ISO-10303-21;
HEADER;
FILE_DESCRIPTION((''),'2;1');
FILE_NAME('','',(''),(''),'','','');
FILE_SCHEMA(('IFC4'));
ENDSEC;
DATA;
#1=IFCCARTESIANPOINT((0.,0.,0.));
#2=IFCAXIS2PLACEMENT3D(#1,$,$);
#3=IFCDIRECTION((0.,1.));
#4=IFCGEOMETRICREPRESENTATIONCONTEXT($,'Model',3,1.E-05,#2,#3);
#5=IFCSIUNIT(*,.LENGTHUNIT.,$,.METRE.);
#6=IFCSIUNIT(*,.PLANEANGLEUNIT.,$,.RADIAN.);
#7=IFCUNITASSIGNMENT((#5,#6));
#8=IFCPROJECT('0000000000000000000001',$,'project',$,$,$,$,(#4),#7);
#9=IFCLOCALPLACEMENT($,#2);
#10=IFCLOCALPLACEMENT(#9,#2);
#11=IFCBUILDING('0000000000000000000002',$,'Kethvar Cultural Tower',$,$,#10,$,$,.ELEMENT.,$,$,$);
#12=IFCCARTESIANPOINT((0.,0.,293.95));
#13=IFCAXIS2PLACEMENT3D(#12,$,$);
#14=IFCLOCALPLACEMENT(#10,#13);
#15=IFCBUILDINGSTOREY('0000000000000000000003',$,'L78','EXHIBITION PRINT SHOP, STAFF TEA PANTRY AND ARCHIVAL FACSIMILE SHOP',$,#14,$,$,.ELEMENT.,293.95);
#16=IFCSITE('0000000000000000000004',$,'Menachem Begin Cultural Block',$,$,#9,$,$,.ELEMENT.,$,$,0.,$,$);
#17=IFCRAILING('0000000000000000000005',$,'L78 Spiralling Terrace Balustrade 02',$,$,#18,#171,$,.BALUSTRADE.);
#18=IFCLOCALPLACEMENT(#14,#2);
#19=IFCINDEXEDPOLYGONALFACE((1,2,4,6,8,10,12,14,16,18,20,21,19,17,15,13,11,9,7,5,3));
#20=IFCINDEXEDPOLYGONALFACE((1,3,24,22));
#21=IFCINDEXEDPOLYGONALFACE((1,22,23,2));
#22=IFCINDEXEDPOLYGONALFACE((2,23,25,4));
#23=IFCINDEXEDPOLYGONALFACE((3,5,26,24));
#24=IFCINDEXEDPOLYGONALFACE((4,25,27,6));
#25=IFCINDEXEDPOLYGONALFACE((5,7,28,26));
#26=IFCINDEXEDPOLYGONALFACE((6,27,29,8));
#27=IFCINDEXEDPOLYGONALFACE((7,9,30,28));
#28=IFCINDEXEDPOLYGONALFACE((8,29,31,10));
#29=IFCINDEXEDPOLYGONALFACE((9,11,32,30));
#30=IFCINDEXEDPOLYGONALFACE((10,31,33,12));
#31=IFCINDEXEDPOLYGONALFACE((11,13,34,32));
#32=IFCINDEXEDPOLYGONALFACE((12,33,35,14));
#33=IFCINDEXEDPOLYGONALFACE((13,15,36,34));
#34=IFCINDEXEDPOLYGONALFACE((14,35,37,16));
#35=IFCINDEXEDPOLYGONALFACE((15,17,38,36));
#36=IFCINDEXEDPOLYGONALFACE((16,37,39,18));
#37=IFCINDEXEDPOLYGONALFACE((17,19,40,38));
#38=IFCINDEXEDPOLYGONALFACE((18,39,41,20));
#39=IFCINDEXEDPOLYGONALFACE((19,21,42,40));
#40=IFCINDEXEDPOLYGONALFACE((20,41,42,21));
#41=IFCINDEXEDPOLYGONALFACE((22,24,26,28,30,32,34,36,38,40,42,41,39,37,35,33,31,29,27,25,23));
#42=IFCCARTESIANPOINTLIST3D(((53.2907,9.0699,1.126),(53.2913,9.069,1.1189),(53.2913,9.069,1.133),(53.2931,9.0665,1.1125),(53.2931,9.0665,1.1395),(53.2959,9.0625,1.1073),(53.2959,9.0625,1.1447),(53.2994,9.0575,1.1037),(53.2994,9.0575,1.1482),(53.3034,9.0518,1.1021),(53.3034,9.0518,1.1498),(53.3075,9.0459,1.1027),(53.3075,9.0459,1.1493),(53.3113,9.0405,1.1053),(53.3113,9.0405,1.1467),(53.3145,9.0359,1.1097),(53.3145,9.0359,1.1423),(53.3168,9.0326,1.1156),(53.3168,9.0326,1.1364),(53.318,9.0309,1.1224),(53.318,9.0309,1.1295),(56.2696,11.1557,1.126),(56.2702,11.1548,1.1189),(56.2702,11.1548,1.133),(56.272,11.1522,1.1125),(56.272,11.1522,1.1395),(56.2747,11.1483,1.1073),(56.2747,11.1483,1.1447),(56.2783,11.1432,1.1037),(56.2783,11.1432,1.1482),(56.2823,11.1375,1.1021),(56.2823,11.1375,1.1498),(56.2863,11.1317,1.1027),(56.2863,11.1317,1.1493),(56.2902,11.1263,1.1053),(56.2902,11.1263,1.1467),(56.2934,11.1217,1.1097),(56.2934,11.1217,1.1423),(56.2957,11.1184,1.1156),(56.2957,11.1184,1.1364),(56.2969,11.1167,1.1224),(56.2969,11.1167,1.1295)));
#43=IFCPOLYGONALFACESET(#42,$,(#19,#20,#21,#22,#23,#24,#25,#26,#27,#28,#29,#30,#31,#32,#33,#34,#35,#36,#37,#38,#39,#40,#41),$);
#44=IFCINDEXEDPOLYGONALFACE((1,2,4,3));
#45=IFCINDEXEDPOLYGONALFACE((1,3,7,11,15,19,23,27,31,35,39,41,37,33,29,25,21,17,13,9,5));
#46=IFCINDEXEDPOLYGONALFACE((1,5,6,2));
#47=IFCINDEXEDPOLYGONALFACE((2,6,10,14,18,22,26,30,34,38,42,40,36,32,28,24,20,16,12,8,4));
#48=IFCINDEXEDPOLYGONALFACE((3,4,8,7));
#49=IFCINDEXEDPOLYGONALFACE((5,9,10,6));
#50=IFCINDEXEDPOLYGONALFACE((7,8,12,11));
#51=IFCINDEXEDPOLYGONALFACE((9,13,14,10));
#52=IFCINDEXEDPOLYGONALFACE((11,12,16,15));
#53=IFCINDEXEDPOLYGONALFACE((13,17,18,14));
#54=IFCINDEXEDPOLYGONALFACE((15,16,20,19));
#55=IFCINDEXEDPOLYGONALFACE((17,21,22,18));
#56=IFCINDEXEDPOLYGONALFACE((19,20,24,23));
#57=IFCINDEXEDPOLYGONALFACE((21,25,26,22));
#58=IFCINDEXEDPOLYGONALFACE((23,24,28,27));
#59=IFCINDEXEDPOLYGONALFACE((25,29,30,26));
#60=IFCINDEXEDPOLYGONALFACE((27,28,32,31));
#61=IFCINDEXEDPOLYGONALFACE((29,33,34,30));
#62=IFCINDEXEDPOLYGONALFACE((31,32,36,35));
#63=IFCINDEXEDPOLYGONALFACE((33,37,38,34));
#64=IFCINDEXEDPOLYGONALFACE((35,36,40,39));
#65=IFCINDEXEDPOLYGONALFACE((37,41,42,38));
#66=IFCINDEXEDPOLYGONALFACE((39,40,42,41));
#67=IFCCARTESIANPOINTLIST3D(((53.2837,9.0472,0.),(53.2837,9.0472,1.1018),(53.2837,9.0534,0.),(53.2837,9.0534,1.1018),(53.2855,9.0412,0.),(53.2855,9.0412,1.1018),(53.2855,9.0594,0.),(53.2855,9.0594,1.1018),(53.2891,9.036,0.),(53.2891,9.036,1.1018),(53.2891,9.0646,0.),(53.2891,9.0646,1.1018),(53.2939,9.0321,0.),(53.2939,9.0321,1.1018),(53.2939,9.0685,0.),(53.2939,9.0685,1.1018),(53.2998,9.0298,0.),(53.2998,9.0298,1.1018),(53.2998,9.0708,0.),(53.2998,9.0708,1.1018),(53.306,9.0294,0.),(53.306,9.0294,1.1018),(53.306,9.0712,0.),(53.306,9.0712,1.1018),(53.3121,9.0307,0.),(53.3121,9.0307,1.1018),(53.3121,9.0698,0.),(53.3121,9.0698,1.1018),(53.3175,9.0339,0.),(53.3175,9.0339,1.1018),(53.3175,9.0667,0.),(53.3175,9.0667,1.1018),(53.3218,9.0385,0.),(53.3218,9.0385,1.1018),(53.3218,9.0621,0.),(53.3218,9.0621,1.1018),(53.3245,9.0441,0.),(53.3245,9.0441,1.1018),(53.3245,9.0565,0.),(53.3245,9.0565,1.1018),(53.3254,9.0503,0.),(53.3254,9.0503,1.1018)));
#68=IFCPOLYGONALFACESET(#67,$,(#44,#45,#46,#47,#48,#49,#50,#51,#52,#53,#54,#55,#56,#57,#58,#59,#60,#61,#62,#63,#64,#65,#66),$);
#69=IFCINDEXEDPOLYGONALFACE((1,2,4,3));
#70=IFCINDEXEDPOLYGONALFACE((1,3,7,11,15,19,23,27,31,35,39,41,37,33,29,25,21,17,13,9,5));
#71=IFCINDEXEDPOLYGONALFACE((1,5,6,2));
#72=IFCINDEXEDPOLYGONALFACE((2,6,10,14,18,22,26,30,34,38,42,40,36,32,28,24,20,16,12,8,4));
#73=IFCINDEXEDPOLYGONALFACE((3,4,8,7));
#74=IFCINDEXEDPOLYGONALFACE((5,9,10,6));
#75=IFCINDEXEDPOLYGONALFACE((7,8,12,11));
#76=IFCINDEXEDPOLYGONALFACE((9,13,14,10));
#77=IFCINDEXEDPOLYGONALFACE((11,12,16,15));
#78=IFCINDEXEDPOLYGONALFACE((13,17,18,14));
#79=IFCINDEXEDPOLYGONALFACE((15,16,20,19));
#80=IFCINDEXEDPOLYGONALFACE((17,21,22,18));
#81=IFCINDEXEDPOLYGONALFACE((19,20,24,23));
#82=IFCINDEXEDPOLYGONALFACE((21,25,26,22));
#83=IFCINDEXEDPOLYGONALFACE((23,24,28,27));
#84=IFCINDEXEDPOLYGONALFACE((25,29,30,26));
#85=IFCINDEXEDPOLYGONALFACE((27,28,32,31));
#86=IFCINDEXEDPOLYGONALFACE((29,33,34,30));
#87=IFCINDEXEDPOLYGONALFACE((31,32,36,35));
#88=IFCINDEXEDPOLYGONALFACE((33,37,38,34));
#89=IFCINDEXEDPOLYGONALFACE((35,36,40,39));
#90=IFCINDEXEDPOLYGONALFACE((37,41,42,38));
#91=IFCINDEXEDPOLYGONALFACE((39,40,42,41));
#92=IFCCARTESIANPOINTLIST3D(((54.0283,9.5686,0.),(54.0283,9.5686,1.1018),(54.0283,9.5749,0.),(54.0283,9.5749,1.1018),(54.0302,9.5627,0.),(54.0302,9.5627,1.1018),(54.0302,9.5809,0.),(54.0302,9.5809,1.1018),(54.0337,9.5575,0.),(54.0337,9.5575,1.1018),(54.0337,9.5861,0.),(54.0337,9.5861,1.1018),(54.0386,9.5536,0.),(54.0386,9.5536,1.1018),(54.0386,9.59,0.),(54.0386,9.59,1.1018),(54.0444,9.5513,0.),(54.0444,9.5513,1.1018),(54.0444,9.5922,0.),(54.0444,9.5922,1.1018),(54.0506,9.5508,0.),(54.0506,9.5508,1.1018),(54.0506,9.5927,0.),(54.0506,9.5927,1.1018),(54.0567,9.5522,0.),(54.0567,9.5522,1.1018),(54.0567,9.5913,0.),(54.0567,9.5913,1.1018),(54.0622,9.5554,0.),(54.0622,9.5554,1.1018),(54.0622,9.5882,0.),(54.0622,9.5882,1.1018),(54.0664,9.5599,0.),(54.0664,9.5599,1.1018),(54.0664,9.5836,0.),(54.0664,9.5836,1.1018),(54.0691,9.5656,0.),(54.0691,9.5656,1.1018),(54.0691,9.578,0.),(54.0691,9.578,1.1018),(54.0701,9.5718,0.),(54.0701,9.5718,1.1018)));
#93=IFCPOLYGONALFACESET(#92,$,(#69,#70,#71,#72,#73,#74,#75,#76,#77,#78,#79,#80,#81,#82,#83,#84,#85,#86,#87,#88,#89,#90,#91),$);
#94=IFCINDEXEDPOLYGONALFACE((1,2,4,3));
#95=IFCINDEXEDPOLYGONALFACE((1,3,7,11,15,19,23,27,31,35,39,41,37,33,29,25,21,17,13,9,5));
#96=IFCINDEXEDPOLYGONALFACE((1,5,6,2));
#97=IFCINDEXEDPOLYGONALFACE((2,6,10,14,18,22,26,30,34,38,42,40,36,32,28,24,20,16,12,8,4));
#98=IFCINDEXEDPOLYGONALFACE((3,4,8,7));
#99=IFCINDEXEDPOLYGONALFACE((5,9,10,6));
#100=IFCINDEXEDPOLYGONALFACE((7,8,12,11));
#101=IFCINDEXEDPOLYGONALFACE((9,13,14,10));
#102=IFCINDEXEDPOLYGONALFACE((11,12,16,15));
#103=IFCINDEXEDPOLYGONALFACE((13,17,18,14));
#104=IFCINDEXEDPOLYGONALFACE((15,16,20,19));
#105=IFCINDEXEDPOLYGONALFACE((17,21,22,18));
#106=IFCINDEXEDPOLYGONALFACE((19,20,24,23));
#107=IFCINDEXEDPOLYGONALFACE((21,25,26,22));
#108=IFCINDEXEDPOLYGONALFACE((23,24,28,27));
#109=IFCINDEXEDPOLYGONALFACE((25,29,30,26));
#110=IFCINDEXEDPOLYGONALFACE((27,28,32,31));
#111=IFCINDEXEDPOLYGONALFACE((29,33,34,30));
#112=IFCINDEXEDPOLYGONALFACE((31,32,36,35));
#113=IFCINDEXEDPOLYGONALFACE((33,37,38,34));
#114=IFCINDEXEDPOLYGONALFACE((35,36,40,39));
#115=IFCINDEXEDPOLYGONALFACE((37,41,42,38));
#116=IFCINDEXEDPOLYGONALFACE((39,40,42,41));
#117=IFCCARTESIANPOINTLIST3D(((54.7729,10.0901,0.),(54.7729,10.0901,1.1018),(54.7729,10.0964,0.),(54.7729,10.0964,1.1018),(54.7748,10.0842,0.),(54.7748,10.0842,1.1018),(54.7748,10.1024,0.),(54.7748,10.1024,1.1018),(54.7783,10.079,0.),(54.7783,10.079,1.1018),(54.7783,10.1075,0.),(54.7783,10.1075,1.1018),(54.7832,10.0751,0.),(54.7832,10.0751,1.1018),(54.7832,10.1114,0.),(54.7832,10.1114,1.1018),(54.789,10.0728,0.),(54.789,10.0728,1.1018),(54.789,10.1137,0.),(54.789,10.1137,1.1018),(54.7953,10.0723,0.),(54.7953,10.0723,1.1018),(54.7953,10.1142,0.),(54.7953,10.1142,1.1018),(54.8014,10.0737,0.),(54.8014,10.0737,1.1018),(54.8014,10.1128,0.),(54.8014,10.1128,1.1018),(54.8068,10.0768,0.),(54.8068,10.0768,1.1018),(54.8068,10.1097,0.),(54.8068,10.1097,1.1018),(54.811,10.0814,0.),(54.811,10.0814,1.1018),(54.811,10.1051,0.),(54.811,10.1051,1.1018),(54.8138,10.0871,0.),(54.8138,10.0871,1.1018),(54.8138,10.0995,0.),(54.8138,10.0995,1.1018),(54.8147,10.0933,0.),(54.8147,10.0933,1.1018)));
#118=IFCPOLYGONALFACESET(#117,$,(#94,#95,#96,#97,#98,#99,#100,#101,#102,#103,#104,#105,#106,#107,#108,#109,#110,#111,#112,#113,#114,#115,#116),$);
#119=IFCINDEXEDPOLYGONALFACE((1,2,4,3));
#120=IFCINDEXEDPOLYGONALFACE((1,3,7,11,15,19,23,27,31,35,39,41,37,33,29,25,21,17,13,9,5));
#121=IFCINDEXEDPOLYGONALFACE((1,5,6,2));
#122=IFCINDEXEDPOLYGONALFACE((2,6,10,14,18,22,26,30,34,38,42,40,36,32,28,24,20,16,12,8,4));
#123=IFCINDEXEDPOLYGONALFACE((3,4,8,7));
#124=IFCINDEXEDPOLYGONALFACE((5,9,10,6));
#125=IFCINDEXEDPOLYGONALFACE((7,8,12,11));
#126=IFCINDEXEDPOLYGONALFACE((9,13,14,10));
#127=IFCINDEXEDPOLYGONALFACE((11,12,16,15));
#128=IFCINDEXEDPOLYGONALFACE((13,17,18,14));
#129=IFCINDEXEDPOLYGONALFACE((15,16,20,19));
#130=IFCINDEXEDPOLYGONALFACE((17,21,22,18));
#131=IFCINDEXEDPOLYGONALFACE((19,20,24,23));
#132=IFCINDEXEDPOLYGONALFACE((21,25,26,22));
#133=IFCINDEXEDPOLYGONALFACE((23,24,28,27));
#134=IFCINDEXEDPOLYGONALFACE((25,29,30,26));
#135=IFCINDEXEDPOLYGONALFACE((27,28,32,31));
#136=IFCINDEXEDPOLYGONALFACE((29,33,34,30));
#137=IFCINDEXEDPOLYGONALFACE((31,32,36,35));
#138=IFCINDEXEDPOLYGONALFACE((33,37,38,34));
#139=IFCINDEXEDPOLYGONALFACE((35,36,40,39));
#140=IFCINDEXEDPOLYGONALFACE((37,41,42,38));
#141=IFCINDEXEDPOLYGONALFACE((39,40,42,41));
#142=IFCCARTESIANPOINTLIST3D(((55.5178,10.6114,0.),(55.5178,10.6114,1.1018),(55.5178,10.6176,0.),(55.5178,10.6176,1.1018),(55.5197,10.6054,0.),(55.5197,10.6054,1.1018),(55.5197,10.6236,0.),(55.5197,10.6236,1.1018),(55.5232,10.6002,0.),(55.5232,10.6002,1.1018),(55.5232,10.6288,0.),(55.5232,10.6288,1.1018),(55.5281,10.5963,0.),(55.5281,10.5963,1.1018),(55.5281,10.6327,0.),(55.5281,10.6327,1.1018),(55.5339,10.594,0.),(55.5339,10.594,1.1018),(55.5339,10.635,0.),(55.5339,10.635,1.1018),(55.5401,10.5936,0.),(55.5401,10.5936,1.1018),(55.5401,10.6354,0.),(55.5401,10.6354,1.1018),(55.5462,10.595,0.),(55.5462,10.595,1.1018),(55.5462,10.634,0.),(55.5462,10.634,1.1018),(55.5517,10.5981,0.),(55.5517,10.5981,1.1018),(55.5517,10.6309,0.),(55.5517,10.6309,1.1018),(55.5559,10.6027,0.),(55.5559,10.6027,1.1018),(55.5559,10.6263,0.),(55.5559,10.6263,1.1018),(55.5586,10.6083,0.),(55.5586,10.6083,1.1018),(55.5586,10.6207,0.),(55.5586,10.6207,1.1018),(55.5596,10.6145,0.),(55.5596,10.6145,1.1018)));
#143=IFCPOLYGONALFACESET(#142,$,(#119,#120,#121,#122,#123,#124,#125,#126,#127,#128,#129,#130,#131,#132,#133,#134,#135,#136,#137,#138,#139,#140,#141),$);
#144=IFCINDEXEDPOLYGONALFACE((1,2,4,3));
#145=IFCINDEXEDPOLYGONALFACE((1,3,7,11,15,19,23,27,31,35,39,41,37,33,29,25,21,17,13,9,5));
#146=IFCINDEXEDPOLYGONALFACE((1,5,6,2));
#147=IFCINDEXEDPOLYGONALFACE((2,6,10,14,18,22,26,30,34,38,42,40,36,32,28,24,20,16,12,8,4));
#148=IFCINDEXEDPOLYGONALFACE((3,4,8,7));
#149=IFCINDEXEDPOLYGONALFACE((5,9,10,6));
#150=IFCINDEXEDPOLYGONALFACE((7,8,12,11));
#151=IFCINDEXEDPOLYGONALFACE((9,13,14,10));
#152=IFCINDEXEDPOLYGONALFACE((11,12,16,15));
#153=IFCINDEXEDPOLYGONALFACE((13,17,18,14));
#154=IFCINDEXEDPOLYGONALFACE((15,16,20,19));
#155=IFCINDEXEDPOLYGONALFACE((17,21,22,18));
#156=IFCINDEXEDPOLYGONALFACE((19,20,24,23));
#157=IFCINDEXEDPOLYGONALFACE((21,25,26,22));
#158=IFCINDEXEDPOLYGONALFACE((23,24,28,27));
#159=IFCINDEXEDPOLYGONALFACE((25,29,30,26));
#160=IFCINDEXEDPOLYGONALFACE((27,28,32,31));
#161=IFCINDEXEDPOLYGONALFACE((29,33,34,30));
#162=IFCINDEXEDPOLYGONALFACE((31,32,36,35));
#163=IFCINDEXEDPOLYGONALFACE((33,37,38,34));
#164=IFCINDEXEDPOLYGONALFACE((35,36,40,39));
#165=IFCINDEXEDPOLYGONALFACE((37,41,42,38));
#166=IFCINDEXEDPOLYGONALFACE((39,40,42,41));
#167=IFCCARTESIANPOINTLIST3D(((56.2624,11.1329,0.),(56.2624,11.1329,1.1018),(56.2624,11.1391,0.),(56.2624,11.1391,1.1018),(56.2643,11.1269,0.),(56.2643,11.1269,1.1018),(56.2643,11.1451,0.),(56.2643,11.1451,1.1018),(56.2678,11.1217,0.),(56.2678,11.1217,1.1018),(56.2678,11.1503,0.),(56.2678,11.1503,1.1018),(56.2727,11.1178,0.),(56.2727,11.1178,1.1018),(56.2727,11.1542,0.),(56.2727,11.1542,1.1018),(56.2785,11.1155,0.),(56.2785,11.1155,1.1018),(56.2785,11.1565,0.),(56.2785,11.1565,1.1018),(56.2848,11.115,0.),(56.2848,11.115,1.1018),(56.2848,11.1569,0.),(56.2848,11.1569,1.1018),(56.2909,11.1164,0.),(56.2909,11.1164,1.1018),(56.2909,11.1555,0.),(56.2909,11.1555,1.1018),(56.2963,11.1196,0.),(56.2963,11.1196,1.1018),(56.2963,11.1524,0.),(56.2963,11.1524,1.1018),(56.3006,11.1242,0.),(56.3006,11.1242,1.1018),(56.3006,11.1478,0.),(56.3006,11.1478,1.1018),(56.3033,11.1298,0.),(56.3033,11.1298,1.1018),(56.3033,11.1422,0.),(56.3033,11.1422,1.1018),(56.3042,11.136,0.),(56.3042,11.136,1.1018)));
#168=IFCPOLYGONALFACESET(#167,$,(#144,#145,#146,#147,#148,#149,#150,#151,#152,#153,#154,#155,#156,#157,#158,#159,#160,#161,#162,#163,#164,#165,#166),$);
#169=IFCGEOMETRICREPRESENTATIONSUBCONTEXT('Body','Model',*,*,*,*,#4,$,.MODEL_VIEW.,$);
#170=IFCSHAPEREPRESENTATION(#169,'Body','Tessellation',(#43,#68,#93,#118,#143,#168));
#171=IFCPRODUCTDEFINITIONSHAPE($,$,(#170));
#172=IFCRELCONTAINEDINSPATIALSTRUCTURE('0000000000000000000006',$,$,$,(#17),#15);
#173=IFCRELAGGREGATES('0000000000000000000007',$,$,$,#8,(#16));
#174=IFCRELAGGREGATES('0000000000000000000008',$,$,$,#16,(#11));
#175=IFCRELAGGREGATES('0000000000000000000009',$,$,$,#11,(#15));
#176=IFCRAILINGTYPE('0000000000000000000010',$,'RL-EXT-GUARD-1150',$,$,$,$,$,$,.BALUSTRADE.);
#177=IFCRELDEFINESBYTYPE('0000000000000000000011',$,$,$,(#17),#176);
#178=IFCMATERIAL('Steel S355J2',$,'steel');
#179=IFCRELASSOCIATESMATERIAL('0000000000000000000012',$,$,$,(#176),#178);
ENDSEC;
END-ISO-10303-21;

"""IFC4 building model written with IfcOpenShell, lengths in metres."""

from ifc_helpers import new_model, si_unit, direction, frame, origin, origin_2d, place, context, subcontext, project, spatial, circle, extrude, material, type_object, element, save


model = new_model("IFC4")

# Units and contexts
model_context = context("Model", 3, precision=1e-05, world=origin(), true_north=direction((0.0, 1.0)))
body_context = subcontext(model_context, "Body", "Model", "MODEL_VIEW")
ifc_project = project(units=[si_unit("LENGTHUNIT", "METRE"), si_unit("PLANEANGLEUNIT", "RADIAN")], contexts=[model_context])

# Site, building, storey
site_placement = place(None, origin())
site = spatial("IfcSite", under=ifc_project, at=site_placement, Name="Menachem Begin Cultural Block", CompositionType="ELEMENT", RefElevation=0.0)
building_placement = place(site_placement, origin())
building = spatial("IfcBuilding", under=site, at=building_placement, Name="Kethvar Cultural Tower", CompositionType="ELEMENT")
storey_placement = place(building_placement, frame((0.0, 0.0, 293.95)))
storey = spatial("IfcBuildingStorey", under=building, at=storey_placement, Name="L78", Description="EXHIBITION PRINT SHOP, STAFF TEA PANTRY AND ARCHIVAL FACSIMILE SHOP", CompositionType="ELEMENT", Elevation=293.95)

# Shared definitions
ifc_material_1 = material(Name="Steel S355J2", Category="steel")

# Railing
railing_type = type_object("IfcRailingType", Name="RL-EXT-GUARD-1150", PredefinedType="BALUSTRADE", material=ifc_material_1)
railing_1_placement = place(storey_placement, frame((53.3044, 9.0503, 0.0)))
element("IfcRailing", 1, at=railing_1_placement, inside=storey, type_object=railing_type, Name="L78 Spiralling Terrace Balustrade 02", PredefinedType="BALUSTRADE", context=body_context, shape_type="SweptSolid", body=[
    extrude(circle(Radius=0.0239, at=origin_2d()), frame((0.0, 0.0, 1.126), z_axis=(0.819159, 0.573566, 0.0), x_axis=(-0.573566, 0.819159, 0.0)), (0.0, 0.0, 1.0), 3.6365),
    extrude(circle(Radius=0.021, at=origin_2d()), origin(), (0.0, 0.0, 1.0), 1.1018),
    extrude(circle(Radius=0.021, at=origin_2d()), frame((0.7446, 0.5215, 0.0)), (0.0, 0.0, 1.0), 1.1018),
    extrude(circle(Radius=0.021, at=origin_2d()), frame((1.4893, 1.043, 0.0)), (0.0, 0.0, 1.0), 1.1018),
    extrude(circle(Radius=0.021, at=origin_2d()), frame((2.2341, 1.5642, 0.0)), (0.0, 0.0, 1.0), 1.1018),
    extrude(circle(Radius=0.021, at=origin_2d()), frame((2.9788, 2.0857, 0.0)), (0.0, 0.0, 1.0), 1.1018),
])

save(model, "model.ifc")
